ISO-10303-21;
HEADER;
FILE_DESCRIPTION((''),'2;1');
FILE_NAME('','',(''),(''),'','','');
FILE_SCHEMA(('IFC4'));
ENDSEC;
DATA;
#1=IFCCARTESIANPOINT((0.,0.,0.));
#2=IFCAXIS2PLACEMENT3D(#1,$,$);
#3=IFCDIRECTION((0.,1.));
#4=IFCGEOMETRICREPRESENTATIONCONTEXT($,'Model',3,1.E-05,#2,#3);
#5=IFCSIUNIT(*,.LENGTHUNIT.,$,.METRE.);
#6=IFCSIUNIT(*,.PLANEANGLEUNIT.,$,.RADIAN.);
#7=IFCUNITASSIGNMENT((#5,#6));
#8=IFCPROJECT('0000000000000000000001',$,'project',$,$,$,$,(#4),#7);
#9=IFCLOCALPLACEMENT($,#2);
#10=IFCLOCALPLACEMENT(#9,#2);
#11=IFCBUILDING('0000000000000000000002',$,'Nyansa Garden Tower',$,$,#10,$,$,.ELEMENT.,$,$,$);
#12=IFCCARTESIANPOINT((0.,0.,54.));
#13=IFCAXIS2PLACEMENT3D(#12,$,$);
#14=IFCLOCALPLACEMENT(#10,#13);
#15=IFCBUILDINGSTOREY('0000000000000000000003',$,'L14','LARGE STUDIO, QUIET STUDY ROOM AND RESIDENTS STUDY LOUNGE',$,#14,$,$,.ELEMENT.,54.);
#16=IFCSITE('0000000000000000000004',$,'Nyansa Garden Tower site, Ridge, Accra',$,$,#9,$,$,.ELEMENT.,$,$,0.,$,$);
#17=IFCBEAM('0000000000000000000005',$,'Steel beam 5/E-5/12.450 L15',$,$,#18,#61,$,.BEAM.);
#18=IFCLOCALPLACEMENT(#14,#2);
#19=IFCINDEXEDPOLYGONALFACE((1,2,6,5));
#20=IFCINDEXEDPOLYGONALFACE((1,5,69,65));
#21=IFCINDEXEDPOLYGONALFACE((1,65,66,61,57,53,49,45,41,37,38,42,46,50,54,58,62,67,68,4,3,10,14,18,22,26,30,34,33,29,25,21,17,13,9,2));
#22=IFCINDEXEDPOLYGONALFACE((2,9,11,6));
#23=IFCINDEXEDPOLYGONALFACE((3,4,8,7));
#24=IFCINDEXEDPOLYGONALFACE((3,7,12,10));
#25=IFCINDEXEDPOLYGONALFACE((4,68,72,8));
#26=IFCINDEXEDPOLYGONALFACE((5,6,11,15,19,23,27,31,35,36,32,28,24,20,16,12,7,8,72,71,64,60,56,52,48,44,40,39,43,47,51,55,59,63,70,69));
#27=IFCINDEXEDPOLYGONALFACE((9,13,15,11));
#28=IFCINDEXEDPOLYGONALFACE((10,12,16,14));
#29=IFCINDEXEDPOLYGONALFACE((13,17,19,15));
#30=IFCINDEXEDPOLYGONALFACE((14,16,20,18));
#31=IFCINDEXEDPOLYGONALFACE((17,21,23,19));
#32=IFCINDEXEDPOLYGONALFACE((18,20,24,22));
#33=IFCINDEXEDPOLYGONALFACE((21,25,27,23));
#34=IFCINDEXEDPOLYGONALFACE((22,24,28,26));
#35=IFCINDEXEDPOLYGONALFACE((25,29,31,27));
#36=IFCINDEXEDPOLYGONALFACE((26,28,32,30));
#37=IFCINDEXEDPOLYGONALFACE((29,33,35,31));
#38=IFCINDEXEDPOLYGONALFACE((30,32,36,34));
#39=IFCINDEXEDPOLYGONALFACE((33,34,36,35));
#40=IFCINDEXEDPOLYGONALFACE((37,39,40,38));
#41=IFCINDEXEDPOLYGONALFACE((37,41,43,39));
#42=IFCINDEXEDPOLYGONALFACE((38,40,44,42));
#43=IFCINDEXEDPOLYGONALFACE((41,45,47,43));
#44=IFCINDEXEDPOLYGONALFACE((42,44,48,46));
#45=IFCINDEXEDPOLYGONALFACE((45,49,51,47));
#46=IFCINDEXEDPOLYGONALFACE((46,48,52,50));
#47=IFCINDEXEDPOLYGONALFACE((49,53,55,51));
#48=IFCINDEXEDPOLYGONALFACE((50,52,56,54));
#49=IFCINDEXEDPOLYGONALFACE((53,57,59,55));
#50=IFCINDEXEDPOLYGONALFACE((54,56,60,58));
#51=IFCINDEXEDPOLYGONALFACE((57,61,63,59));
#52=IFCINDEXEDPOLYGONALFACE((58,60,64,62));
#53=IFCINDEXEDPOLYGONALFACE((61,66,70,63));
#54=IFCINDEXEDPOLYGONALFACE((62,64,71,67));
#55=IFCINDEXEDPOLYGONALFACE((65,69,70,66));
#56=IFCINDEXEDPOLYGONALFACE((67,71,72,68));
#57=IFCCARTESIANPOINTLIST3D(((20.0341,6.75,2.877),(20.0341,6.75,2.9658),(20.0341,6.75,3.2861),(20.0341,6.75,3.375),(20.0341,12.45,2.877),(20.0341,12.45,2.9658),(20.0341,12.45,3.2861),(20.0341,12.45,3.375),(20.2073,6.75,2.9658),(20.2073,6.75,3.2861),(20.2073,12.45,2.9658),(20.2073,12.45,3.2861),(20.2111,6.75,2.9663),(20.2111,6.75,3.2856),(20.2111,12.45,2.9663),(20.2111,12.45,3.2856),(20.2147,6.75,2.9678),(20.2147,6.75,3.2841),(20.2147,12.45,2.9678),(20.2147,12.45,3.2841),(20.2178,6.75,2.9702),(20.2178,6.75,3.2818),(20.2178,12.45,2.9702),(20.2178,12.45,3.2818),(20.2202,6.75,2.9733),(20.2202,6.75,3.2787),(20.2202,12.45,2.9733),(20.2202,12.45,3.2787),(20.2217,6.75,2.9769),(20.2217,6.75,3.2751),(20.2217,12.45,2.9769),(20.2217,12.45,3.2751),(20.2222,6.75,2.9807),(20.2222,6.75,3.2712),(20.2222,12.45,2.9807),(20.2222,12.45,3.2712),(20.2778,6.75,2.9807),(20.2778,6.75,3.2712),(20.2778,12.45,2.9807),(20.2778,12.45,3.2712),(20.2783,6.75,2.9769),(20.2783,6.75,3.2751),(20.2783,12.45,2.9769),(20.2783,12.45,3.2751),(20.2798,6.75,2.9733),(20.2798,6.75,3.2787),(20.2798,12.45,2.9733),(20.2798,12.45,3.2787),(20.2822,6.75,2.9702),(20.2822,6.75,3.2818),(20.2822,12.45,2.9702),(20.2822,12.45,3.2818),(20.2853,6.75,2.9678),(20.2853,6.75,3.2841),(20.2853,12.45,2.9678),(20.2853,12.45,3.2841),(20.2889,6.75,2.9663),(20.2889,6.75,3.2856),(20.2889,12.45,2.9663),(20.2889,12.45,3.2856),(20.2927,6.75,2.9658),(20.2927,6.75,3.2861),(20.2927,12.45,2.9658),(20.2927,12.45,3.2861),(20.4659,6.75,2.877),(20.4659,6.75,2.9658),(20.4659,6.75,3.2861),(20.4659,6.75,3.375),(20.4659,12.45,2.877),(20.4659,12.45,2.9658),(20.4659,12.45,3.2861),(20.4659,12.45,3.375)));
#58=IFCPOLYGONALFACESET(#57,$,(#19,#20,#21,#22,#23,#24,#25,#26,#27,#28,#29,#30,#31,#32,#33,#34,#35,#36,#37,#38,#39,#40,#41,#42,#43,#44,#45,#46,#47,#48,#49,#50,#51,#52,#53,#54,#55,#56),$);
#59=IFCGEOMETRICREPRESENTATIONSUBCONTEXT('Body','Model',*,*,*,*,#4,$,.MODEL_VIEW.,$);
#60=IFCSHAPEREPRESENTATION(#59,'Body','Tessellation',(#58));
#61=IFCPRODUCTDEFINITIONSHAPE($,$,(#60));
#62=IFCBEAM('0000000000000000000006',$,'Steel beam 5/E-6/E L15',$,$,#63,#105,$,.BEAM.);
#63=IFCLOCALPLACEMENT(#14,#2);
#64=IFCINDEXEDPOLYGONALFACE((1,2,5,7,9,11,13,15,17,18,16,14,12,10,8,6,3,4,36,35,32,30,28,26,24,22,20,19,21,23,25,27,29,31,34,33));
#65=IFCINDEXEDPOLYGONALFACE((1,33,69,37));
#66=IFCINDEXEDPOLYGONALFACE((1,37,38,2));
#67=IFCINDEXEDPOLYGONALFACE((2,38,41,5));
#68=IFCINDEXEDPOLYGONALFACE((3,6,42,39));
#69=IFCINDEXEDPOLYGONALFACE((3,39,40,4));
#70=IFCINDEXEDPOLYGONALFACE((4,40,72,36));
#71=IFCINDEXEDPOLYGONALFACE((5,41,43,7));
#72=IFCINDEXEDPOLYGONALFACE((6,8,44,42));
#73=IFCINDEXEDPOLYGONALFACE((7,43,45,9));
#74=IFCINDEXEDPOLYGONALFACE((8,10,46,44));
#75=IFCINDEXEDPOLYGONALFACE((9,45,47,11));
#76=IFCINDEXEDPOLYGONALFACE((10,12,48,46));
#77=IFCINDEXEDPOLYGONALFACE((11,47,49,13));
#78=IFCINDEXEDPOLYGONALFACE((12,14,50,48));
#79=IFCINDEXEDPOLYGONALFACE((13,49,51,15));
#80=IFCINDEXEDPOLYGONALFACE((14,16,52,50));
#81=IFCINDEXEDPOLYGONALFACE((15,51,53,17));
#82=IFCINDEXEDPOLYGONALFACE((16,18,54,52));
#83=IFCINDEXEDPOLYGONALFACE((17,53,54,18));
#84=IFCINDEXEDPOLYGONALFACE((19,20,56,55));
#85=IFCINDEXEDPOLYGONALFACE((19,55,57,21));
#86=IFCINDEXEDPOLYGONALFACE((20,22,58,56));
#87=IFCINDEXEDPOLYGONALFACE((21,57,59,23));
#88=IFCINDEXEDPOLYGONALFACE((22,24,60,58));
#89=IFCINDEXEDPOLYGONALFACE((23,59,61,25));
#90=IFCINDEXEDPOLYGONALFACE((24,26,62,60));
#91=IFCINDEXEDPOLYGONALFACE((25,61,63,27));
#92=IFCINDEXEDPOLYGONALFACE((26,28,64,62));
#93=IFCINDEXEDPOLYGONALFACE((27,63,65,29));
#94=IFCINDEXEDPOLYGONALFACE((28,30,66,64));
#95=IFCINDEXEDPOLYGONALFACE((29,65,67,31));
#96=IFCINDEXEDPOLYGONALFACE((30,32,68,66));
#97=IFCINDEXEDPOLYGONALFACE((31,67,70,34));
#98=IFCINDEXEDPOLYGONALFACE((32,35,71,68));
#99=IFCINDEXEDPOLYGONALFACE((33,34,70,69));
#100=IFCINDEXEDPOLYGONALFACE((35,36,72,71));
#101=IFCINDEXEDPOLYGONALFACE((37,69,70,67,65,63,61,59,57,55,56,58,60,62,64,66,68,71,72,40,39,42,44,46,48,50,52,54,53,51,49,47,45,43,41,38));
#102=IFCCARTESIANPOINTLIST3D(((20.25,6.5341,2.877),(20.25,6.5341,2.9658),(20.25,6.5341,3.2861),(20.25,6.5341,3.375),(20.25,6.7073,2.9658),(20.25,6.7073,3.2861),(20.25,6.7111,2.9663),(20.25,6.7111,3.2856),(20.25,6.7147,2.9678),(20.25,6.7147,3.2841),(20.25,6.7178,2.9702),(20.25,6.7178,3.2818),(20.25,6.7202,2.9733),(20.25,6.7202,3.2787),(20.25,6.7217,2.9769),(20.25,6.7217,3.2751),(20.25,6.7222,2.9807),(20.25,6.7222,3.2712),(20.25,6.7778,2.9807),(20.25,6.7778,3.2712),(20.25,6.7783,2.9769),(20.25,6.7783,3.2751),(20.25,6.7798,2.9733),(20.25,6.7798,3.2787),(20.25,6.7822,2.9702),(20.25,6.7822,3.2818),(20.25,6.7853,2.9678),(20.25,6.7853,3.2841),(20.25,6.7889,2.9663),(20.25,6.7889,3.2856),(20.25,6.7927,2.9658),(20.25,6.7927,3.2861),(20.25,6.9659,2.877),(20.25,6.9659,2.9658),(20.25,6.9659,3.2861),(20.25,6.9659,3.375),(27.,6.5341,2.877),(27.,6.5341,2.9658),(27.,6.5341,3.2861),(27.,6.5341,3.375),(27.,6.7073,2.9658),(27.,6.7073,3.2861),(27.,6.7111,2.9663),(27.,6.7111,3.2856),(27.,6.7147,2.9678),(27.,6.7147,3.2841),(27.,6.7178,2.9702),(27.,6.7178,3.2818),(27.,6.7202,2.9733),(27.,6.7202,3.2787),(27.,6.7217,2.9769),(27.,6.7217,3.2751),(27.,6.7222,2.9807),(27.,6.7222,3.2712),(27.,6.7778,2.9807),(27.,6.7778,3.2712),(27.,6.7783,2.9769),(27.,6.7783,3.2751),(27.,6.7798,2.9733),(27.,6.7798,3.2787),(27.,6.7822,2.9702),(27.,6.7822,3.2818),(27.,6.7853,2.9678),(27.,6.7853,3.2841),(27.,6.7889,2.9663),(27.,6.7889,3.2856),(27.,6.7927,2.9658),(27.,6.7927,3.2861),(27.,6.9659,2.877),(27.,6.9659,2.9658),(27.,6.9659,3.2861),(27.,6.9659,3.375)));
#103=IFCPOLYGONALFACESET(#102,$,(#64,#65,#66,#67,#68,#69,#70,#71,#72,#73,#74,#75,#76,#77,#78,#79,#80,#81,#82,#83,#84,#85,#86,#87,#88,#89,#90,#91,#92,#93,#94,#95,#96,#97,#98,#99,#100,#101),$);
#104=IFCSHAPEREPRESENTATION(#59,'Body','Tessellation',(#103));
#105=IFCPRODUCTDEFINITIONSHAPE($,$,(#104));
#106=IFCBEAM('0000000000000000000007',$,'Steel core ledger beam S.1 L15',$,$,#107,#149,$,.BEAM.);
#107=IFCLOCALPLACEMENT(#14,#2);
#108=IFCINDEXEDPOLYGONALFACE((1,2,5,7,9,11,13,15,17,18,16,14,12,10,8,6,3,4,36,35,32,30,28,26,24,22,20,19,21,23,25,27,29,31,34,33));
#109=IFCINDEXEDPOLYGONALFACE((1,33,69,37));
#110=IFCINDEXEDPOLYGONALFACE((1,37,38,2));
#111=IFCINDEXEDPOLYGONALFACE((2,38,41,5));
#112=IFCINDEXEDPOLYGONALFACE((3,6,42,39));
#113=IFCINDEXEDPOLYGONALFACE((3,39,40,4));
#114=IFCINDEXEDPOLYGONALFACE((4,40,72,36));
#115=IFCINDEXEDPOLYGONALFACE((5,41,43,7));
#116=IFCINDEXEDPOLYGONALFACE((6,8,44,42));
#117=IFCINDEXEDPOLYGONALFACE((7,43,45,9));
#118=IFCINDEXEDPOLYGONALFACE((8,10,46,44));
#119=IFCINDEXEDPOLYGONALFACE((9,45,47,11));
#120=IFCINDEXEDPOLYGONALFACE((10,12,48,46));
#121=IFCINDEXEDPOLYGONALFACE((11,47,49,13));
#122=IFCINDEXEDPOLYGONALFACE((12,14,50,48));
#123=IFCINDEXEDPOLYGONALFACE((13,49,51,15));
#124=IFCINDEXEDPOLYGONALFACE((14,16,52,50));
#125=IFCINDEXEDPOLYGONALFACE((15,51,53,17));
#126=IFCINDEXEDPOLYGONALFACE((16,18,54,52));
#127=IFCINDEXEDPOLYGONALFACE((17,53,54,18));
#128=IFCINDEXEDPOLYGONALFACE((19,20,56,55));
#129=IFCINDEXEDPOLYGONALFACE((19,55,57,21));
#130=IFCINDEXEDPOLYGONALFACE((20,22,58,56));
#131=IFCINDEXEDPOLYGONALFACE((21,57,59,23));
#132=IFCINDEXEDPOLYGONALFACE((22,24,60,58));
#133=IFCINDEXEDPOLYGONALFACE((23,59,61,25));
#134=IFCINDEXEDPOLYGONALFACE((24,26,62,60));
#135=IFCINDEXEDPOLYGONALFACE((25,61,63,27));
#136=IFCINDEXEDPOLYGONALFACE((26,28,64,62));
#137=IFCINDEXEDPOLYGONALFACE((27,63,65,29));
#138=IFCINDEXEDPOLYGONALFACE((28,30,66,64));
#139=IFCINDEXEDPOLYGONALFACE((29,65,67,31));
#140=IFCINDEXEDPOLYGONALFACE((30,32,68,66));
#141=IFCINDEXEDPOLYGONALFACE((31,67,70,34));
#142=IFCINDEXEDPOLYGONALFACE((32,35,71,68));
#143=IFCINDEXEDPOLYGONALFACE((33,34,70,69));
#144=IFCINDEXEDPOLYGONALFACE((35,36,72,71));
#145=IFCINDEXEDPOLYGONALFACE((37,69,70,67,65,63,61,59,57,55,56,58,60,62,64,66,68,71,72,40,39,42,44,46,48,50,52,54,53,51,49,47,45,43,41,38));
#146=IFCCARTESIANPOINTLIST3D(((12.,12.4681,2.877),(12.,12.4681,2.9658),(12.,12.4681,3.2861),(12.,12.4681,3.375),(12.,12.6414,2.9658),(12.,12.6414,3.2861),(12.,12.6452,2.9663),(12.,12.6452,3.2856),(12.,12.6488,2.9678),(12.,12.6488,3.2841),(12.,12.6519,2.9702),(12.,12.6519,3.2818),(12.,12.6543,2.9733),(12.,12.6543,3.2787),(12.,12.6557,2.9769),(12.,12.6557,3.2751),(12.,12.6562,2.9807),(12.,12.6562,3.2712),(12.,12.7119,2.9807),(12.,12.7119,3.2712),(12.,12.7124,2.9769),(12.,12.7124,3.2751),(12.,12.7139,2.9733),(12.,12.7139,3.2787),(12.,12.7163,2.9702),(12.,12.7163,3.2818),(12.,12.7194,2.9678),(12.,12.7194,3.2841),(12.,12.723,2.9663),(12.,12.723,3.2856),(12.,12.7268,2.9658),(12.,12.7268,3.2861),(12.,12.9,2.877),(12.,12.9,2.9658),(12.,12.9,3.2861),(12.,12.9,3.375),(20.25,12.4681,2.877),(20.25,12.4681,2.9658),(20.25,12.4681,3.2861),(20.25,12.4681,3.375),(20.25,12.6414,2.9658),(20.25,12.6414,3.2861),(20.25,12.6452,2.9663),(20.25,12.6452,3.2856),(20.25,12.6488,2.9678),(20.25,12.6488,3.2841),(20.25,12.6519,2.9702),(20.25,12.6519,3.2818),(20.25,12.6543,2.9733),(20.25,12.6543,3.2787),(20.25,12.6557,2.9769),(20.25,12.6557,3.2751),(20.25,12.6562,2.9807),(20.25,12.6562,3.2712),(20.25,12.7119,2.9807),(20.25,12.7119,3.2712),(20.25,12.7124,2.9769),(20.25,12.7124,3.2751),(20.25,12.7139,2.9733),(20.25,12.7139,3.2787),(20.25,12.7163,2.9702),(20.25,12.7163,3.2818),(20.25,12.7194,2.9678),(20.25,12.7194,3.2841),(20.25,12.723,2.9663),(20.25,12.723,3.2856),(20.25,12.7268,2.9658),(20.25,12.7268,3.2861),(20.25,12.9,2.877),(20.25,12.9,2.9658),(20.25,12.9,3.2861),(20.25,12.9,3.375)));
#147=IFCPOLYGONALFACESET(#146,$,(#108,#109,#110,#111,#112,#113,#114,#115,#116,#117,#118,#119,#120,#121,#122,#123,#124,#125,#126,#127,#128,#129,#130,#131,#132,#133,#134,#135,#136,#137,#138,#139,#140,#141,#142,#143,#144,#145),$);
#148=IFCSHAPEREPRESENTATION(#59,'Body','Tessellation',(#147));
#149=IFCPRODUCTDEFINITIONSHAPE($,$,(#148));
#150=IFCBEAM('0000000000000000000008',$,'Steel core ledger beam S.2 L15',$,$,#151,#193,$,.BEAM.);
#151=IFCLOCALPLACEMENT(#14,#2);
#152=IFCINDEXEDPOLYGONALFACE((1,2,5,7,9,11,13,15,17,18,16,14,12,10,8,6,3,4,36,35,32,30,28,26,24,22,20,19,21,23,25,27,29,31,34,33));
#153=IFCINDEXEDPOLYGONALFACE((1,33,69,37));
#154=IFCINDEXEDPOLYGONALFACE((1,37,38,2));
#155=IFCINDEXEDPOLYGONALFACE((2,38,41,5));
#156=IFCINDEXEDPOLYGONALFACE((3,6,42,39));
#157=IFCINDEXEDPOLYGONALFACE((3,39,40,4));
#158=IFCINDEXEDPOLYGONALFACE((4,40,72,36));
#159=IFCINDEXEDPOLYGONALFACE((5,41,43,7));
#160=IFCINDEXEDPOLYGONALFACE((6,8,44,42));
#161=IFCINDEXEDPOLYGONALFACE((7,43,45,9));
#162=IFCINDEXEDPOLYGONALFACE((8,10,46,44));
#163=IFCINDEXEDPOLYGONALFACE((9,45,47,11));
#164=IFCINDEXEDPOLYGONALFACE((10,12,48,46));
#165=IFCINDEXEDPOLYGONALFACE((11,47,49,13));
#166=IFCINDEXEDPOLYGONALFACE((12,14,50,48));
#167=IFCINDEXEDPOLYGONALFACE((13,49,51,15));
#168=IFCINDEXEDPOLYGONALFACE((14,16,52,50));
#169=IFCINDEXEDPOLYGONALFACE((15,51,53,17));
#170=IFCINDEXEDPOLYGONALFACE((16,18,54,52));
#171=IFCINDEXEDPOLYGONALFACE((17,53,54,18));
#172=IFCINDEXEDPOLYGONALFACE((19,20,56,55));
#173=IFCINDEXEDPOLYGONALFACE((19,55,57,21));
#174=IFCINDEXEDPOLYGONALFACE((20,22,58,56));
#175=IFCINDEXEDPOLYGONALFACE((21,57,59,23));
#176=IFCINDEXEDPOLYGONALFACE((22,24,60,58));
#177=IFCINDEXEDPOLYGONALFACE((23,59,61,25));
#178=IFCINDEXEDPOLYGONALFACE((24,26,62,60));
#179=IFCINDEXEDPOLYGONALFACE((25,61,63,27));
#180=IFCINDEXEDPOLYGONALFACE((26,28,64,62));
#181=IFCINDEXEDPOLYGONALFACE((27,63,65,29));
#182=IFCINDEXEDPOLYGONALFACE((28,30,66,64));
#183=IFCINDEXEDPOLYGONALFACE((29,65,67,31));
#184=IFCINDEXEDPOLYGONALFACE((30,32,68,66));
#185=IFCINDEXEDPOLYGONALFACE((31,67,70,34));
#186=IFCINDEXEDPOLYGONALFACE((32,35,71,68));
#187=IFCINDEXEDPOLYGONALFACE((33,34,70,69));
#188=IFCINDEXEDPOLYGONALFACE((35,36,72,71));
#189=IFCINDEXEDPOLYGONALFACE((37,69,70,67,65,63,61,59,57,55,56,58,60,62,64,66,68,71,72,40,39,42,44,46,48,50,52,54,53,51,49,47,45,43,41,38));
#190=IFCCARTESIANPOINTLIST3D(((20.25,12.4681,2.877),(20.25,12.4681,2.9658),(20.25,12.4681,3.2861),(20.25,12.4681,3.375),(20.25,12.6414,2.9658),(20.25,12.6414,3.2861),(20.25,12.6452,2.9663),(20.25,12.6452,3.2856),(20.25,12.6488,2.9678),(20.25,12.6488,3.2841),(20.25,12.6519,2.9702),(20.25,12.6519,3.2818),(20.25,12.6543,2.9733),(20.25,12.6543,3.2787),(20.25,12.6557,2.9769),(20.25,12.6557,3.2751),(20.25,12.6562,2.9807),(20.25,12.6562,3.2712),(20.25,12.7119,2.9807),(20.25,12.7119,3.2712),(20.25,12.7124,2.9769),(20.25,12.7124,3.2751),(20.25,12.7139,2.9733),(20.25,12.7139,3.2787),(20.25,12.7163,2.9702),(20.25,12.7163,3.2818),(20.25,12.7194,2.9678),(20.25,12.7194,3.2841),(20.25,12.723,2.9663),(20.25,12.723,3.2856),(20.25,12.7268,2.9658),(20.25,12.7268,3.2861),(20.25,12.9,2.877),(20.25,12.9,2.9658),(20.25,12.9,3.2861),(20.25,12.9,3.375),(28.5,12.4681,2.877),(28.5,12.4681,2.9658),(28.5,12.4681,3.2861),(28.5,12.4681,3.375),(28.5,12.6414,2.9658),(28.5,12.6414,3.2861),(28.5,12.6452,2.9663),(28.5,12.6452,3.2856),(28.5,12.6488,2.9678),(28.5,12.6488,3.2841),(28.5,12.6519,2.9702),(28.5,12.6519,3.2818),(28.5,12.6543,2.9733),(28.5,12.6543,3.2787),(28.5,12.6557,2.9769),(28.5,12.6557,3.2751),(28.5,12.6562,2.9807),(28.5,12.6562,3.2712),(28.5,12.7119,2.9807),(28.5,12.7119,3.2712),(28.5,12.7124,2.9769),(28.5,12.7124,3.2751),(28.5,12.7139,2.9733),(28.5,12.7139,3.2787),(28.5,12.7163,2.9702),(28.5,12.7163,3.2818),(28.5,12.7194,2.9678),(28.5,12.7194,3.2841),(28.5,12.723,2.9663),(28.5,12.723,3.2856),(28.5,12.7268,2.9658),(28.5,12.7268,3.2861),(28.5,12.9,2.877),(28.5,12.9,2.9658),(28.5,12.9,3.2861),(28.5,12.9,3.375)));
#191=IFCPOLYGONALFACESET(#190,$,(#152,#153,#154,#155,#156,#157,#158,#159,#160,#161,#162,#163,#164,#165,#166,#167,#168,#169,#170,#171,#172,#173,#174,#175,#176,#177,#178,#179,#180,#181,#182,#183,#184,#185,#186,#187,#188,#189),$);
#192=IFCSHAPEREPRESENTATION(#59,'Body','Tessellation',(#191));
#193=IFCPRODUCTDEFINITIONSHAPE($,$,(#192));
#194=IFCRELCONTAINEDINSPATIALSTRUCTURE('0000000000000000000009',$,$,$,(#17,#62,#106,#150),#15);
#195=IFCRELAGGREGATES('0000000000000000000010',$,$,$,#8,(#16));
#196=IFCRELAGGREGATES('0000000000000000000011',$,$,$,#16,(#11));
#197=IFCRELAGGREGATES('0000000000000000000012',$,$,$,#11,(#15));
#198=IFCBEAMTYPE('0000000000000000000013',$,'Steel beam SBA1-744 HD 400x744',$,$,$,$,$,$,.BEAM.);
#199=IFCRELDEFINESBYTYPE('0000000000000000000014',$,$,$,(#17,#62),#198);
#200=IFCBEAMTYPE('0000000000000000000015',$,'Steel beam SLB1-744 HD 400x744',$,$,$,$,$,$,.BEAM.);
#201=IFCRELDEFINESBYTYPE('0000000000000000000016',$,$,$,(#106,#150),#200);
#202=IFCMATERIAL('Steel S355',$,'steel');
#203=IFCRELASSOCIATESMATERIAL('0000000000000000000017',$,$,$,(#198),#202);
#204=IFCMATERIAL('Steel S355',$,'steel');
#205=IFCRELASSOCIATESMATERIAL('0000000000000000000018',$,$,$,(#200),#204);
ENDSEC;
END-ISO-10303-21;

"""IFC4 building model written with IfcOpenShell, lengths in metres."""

from ifc_helpers import new_model, si_unit, direction, frame, origin, origin_2d, place, context, subcontext, project, spatial, i_section, extrude, material, material_profile, profile_set, type_object, element, save


model = new_model("IFC4")

# Units and contexts
model_context = context("Model", 3, precision=1e-05, world=origin(), true_north=direction((0.0, 1.0)))
body_context = subcontext(model_context, "Body", "Model", "MODEL_VIEW")
ifc_project = project(units=[si_unit("LENGTHUNIT", "METRE"), si_unit("PLANEANGLEUNIT", "RADIAN")], contexts=[model_context])

# Site, building, storey
site_placement = place(None, origin())
site = spatial("IfcSite", under=ifc_project, at=site_placement, Name="Nyansa Garden Tower site, Ridge, Accra", CompositionType="ELEMENT", RefElevation=0.0)
building_placement = place(site_placement, origin())
building = spatial("IfcBuilding", under=site, at=building_placement, Name="Nyansa Garden Tower", CompositionType="ELEMENT")
storey_placement = place(building_placement, frame((0.0, 0.0, 54.0)))
storey = spatial("IfcBuildingStorey", under=building, at=storey_placement, Name="L14", Description="LARGE STUDIO, QUIET STUDY ROOM AND RESIDENTS STUDY LOUNGE", CompositionType="ELEMENT", Elevation=54.0)

# Beams
ifc_material_1 = material(Name="Steel S355", Category="steel")
ifc_material_profile_1 = material_profile(ifc_material_1, i_section(OverallWidth=0.4319, OverallDepth=0.498, WebThickness=0.0557, FlangeThickness=0.0889, FilletRadius=0.0149, at=origin_2d()), Name="HD 400x744")
ifc_profile_set_1 = profile_set([ifc_material_profile_1], Name="Steel S355")
beam_type_1 = type_object("IfcBeamType", Name="Steel beam SBA1-744 HD 400x744", PredefinedType="BEAM", material=ifc_profile_set_1)
beam_1_placement = place(storey_placement, frame((20.25, 6.75, 3.126), z_axis=(0.0, 1.0, 0.0), x_axis=(-1.0, 0.0, 0.0)))
element("IfcBeam", 1, at=beam_1_placement, inside=storey, type_object=beam_type_1, Name="Steel beam 5/E-5/12.450 L15", PredefinedType="BEAM", context=body_context, shape_type="SweptSolid", body=[
    extrude(i_section(OverallWidth=0.4319, OverallDepth=0.498, WebThickness=0.0557, FlangeThickness=0.0889, FilletRadius=0.0149, at=origin_2d()), origin(), (0.0, 0.0, 1.0), 5.7),
])
beam_2_placement = place(storey_placement, frame((20.25, 6.75, 3.126), z_axis=(1.0, 0.0, 0.0), x_axis=(0.0, 1.0, 0.0)))
element("IfcBeam", 2, at=beam_2_placement, inside=storey, type_object=beam_type_1, Name="Steel beam 5/E-6/E L15", PredefinedType="BEAM", context=body_context, shape_type="SweptSolid", body=[
    extrude(i_section(OverallWidth=0.4319, OverallDepth=0.498, WebThickness=0.0557, FlangeThickness=0.0889, FilletRadius=0.0149, at=origin_2d()), origin(), (0.0, 0.0, 1.0), 6.75),
])
ifc_material_2 = material(Name="Steel S355", Category="steel")
ifc_material_profile_2 = material_profile(ifc_material_2, i_section(OverallWidth=0.4319, OverallDepth=0.498, WebThickness=0.0557, FlangeThickness=0.0889, FilletRadius=0.0149, at=origin_2d()), Name="HD 400x744")
ifc_profile_set_2 = profile_set([ifc_material_profile_2], Name="Steel S355")
beam_type_2 = type_object("IfcBeamType", Name="Steel beam SLB1-744 HD 400x744", PredefinedType="BEAM", material=ifc_profile_set_2)
for number, where, z_axis, x_axis, name in (
    (3, (12.0, 12.6841, 3.126), (1.0, 0.0, 0.0), (0.0, 1.0, 0.0), "Steel core ledger beam S.1 L15"),
    (4, (20.25, 12.6841, 3.126), (1.0, 0.0, 0.0), (0.0, 1.0, 0.0), "Steel core ledger beam S.2 L15"),
):
    element("IfcBeam", number, at=place(storey_placement, frame(where, z_axis=z_axis, x_axis=x_axis)), inside=storey, type_object=beam_type_2, Name=name, PredefinedType="BEAM", context=body_context, shape_type="SweptSolid", body=[
        extrude(i_section(OverallWidth=0.4319, OverallDepth=0.498, WebThickness=0.0557, FlangeThickness=0.0889, FilletRadius=0.0149, at=origin_2d()), origin(), (0.0, 0.0, 1.0), 8.25),
    ])

save(model, "model.ifc")
